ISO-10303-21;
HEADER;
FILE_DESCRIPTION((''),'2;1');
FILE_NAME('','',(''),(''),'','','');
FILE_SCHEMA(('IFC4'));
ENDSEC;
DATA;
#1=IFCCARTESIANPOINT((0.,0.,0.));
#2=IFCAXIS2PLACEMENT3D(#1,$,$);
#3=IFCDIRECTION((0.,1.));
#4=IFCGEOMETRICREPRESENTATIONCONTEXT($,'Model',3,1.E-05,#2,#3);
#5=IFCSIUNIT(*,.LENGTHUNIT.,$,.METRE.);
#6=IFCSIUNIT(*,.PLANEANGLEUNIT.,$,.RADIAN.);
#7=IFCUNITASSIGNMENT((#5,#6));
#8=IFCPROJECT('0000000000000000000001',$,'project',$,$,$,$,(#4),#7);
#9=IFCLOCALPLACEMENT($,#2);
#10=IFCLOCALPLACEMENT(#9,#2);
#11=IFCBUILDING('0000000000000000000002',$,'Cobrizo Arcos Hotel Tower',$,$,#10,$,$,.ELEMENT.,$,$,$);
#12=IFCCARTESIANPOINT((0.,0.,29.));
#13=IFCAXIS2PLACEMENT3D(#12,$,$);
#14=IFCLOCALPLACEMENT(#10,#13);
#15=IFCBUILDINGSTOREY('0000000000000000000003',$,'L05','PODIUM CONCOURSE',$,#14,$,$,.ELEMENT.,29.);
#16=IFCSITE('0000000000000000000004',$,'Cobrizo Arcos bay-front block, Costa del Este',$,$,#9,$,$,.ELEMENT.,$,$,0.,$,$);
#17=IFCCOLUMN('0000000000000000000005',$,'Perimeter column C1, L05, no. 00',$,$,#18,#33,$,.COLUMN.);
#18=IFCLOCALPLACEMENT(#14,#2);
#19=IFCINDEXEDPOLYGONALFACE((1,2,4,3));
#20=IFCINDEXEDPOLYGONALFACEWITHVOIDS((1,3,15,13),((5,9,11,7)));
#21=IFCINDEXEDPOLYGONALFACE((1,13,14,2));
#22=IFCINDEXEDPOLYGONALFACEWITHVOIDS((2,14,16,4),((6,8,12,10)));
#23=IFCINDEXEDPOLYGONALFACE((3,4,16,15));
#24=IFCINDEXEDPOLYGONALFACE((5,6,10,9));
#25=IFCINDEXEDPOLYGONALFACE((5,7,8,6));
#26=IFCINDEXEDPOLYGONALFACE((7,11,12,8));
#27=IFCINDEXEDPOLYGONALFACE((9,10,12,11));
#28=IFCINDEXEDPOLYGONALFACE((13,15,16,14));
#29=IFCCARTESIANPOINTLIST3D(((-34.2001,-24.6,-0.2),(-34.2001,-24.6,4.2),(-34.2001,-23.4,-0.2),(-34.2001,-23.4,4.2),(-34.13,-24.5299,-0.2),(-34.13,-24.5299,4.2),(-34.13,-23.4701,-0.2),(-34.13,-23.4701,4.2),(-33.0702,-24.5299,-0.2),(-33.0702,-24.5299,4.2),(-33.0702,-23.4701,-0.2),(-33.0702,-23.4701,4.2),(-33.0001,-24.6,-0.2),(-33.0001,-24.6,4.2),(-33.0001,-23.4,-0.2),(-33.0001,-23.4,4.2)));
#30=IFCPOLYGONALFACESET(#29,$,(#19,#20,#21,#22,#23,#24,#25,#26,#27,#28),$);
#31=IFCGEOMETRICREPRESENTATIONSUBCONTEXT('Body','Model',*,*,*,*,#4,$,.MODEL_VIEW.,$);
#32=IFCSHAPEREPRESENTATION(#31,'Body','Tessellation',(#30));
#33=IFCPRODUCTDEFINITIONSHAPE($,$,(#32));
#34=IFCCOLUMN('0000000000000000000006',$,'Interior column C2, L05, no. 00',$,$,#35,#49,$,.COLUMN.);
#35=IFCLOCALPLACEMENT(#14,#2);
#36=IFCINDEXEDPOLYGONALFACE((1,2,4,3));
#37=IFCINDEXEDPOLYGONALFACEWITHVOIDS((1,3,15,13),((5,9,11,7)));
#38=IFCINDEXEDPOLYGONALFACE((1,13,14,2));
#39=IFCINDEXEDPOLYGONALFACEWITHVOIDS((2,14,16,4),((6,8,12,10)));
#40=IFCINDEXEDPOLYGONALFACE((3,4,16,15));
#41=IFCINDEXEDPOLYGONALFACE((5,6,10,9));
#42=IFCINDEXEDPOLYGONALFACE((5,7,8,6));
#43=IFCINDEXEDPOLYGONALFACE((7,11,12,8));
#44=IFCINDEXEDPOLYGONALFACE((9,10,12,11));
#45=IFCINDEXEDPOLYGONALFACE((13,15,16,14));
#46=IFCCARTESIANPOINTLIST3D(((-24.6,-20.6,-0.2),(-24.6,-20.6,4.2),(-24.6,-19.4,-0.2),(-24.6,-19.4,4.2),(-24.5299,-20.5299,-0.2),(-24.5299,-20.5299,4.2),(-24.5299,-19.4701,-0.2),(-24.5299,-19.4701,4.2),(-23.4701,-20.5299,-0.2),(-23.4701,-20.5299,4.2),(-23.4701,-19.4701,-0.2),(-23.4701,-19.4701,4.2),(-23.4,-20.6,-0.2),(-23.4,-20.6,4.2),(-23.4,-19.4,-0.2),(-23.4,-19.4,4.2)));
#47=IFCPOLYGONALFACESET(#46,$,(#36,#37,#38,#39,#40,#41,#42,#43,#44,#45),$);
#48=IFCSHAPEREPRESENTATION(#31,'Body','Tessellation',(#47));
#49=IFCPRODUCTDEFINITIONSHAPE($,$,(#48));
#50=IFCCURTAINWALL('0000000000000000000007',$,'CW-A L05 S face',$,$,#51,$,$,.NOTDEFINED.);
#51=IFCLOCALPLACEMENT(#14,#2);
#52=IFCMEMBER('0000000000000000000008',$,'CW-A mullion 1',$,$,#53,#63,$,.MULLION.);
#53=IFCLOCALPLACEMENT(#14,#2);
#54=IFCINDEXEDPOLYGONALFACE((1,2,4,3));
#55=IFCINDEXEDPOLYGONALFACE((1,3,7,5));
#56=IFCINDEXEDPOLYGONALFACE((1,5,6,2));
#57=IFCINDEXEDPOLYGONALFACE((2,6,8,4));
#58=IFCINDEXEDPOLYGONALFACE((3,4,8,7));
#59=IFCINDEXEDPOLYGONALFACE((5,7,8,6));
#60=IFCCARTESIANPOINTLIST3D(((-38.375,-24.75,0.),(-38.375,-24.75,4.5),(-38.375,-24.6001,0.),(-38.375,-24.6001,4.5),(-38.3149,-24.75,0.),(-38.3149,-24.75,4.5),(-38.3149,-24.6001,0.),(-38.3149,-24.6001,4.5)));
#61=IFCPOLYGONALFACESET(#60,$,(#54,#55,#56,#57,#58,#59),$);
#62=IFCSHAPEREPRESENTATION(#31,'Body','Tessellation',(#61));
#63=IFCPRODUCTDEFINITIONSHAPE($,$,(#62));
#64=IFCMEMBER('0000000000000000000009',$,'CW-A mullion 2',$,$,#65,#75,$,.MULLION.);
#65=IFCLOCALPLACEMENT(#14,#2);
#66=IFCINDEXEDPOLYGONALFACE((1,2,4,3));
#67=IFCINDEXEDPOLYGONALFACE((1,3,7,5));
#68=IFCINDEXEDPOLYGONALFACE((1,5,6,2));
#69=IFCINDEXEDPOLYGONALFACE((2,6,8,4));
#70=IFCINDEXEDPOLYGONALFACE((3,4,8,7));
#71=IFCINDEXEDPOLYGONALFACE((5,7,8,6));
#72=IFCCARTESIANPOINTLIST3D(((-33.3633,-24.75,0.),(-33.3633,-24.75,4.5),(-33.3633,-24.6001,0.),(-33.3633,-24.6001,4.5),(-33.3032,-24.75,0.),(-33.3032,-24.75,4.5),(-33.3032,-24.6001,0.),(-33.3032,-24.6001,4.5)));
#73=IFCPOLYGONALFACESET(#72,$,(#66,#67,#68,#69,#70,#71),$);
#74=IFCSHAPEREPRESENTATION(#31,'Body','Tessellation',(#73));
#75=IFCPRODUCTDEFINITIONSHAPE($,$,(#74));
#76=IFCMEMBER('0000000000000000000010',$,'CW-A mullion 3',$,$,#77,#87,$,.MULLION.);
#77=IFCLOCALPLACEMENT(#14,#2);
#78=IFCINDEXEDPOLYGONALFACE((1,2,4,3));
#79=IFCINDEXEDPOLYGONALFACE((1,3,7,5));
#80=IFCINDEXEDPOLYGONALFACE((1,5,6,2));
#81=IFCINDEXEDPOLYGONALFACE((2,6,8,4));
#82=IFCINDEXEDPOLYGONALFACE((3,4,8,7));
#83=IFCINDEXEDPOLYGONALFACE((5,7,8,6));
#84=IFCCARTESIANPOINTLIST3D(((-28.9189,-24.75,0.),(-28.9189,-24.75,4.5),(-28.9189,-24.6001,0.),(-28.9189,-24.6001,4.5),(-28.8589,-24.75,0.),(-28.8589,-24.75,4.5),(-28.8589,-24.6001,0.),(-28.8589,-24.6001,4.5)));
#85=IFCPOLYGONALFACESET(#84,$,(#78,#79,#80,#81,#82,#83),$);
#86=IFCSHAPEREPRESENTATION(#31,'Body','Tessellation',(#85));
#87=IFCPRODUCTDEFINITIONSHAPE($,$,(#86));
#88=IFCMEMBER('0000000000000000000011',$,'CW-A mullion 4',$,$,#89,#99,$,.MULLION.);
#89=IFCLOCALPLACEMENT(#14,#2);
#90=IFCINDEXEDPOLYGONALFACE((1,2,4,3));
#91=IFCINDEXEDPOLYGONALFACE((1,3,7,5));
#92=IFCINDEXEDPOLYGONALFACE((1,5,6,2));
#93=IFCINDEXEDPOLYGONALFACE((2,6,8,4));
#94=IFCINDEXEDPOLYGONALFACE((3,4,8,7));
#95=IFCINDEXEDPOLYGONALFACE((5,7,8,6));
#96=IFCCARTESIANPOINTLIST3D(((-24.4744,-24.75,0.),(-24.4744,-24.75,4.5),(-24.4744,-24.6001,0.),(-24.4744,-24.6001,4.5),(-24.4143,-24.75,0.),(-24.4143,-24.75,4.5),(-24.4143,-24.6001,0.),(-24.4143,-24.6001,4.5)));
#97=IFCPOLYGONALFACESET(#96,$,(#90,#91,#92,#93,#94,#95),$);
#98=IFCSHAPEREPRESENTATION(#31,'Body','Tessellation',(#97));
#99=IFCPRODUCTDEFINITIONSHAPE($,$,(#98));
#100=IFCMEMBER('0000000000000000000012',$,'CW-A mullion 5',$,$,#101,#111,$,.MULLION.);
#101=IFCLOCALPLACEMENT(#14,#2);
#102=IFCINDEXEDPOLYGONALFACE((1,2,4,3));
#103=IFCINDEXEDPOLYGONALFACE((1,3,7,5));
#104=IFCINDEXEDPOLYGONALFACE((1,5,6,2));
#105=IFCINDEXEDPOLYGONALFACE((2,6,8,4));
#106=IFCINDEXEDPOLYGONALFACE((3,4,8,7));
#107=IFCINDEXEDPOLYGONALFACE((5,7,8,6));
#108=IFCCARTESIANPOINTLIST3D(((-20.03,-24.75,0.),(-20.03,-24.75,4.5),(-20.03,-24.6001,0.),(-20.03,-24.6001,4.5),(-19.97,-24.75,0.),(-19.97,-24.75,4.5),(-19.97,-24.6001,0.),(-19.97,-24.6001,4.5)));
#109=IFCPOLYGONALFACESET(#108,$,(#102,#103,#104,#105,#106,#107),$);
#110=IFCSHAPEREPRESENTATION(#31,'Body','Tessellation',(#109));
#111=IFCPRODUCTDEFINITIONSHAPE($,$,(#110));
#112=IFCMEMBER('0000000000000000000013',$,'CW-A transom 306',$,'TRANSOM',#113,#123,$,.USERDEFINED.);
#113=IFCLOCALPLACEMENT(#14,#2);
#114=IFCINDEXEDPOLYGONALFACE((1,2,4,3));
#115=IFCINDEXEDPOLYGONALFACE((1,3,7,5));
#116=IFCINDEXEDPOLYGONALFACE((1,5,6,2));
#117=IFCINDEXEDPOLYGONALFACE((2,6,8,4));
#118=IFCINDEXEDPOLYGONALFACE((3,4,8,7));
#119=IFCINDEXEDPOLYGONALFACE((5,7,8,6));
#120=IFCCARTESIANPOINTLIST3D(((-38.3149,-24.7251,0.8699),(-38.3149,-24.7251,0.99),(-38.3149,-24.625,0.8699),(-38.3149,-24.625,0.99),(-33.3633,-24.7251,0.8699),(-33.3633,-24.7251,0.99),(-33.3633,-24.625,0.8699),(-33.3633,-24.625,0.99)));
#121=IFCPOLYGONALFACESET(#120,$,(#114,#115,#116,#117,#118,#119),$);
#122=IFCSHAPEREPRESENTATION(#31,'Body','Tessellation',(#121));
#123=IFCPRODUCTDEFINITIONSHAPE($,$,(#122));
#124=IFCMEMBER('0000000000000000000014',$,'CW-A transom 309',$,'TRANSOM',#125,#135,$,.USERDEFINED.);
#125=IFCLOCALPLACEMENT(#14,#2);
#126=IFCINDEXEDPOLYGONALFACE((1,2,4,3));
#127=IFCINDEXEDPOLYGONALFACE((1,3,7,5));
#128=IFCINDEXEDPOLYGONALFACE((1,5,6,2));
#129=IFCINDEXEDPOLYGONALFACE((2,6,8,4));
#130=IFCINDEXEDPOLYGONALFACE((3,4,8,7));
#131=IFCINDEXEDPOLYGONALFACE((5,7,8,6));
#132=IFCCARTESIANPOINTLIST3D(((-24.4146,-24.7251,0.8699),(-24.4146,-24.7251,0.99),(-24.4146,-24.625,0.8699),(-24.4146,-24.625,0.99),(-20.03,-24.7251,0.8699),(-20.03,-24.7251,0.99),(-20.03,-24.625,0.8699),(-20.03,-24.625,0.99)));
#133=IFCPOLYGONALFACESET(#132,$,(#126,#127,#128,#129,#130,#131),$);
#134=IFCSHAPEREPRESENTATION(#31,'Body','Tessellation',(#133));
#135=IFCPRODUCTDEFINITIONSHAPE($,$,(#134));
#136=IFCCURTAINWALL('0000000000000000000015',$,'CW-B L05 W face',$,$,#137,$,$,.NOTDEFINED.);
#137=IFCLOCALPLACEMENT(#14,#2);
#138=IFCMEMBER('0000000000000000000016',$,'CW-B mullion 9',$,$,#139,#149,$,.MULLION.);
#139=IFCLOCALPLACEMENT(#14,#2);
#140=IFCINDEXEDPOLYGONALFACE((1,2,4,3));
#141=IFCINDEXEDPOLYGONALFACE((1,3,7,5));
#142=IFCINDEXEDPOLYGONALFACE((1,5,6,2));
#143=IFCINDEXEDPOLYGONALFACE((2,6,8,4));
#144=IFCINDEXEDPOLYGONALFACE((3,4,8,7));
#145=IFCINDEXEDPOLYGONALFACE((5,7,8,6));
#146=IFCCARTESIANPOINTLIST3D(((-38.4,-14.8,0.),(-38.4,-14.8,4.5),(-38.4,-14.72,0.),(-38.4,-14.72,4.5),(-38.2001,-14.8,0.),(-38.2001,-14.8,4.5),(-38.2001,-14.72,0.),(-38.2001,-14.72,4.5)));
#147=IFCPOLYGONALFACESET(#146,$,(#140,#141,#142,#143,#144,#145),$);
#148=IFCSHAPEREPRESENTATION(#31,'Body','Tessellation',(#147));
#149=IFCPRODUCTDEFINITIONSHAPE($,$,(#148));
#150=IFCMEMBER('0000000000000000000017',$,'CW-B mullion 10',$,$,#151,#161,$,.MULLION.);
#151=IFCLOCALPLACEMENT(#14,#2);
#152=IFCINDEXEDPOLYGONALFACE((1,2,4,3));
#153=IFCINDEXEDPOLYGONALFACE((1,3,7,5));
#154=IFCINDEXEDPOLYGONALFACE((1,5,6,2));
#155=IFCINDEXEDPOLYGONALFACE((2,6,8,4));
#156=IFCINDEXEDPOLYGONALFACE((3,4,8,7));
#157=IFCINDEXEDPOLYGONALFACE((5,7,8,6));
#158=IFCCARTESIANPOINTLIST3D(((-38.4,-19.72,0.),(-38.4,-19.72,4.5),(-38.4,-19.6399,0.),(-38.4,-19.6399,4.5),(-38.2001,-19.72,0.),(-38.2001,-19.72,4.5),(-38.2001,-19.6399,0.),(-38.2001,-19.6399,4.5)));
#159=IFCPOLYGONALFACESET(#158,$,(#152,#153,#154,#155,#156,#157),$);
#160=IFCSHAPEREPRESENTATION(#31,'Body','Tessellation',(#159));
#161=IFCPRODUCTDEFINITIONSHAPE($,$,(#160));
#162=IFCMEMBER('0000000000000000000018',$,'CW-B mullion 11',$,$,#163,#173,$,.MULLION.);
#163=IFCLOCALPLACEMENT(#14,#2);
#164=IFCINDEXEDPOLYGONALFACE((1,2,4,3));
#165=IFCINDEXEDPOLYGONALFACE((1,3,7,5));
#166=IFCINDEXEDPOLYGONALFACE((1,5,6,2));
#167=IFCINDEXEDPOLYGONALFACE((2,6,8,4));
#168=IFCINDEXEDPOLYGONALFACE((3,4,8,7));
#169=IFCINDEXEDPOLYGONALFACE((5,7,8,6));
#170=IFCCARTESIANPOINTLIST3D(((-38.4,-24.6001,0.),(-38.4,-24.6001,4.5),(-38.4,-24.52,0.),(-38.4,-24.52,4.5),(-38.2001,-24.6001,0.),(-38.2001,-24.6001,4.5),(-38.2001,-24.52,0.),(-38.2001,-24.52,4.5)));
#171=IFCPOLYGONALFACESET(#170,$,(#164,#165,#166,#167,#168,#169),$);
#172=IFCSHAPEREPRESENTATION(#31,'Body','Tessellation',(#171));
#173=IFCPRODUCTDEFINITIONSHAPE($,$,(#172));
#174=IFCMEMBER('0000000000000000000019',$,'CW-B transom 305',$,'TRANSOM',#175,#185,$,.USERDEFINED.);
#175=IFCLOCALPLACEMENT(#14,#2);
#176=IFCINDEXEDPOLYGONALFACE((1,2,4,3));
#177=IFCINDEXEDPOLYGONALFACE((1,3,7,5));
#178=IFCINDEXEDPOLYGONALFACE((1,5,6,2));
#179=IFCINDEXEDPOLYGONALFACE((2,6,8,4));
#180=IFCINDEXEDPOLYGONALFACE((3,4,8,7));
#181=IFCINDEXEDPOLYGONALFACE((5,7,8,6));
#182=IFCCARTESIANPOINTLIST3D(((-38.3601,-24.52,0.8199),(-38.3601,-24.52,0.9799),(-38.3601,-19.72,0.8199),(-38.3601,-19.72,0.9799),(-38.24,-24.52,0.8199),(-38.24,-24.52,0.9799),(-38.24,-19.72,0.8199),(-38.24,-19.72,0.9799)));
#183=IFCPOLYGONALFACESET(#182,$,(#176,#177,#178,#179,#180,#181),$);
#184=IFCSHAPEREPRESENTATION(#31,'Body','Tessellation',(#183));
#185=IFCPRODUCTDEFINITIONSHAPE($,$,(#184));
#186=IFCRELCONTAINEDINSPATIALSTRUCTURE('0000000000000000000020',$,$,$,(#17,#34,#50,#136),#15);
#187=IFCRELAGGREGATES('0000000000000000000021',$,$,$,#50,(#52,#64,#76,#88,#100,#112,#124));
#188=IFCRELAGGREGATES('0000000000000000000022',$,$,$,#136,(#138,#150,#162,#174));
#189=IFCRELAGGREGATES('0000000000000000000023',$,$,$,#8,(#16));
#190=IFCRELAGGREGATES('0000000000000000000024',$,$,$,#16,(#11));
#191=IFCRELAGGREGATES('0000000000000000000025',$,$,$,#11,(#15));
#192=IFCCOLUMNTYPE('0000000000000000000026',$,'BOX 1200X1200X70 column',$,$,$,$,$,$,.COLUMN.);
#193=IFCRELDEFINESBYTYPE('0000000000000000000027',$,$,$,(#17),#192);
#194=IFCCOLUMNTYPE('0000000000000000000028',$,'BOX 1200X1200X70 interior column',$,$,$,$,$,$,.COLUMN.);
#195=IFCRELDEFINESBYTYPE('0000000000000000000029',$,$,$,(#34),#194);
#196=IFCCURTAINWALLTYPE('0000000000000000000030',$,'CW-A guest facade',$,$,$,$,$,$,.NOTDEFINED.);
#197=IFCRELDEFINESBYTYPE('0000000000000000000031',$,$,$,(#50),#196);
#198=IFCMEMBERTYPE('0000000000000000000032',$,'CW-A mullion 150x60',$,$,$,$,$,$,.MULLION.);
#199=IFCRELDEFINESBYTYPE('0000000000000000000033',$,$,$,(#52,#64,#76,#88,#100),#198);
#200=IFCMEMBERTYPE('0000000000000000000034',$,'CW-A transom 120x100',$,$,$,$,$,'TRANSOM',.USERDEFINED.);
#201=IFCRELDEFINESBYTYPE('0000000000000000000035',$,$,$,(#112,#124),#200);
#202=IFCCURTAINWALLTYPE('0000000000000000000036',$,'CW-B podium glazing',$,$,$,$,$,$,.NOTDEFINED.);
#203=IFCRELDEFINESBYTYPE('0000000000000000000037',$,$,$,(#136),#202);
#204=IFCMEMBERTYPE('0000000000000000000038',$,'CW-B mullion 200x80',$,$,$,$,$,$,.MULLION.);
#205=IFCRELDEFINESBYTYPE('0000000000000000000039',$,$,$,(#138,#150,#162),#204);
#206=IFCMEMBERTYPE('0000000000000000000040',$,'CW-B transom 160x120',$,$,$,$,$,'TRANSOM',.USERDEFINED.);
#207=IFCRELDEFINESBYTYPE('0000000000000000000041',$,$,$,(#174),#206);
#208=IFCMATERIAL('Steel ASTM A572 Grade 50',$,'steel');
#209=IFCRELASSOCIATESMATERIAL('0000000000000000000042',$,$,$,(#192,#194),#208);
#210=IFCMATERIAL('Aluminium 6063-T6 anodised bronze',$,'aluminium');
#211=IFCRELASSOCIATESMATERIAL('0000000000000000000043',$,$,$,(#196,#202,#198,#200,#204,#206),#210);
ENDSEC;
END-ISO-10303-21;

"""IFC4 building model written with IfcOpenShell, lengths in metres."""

from ifc_helpers import new_model, si_unit, direction, frame, origin, origin_2d, place, context, subcontext, project, spatial, rectangle, hollow_rectangle, extrude, material, material_profile, profile_set, type_object, element, aggregate, save


model = new_model("IFC4")

# Units and contexts
model_context = context("Model", 3, precision=1e-05, world=origin(), true_north=direction((0.0, 1.0)))
body_context = subcontext(model_context, "Body", "Model", "MODEL_VIEW")
ifc_project = project(units=[si_unit("LENGTHUNIT", "METRE"), si_unit("PLANEANGLEUNIT", "RADIAN")], contexts=[model_context])

# Site, building, storey
site_placement = place(None, origin())
site = spatial("IfcSite", under=ifc_project, at=site_placement, Name="Cobrizo Arcos bay-front block, Costa del Este", CompositionType="ELEMENT", RefElevation=0.0)
building_placement = place(site_placement, origin())
building = spatial("IfcBuilding", under=site, at=building_placement, Name="Cobrizo Arcos Hotel Tower", CompositionType="ELEMENT")
storey_placement = place(building_placement, frame((0.0, 0.0, 29.0)))
storey = spatial("IfcBuildingStorey", under=building, at=storey_placement, Name="L05", Description="PODIUM CONCOURSE", CompositionType="ELEMENT", Elevation=29.0)

# Columns
ifc_material_1 = material(Name="Steel ASTM A572 Grade 50", Category="steel")
ifc_material_profile_1 = material_profile(ifc_material_1, hollow_rectangle(XDim=1.2, YDim=1.2, WallThickness=0.0701, at=origin_2d()), Name="BOX 1200X1200X70")
ifc_profile_set_1 = profile_set([ifc_material_profile_1], Name="Steel ASTM A572 Grade 50")
column_type_1 = type_object("IfcColumnType", Name="BOX 1200X1200X70 column", PredefinedType="COLUMN", material=ifc_profile_set_1)
column_1_placement = place(storey_placement, frame((-33.6001, -24.0, -0.2), z_axis=(0.0, 0.0, 1.0), x_axis=(1.0, 0.0, 0.0)))
element("IfcColumn", 1, at=column_1_placement, inside=storey, type_object=column_type_1, Name="Perimeter column C1, L05, no. 00", PredefinedType="COLUMN", context=body_context, shape_type="SweptSolid", body=[
    extrude(hollow_rectangle(XDim=1.2, YDim=1.2, WallThickness=0.0701, at=origin_2d()), origin(), (0.0, 0.0, 1.0), 4.3999),
])
ifc_material_profile_2 = material_profile(ifc_material_1, hollow_rectangle(XDim=1.2, YDim=1.2, WallThickness=0.0701, at=origin_2d()), Name="BOX 1200X1200X70")
ifc_profile_set_2 = profile_set([ifc_material_profile_2], Name="Steel ASTM A572 Grade 50")
column_type_2 = type_object("IfcColumnType", Name="BOX 1200X1200X70 interior column", PredefinedType="COLUMN", material=ifc_profile_set_2)
column_2_placement = place(storey_placement, frame((-24.0, -20.0, -0.2), z_axis=(0.0, 0.0, 1.0), x_axis=(1.0, 0.0, 0.0)))
element("IfcColumn", 2, at=column_2_placement, inside=storey, type_object=column_type_2, Name="Interior column C2, L05, no. 00", PredefinedType="COLUMN", context=body_context, shape_type="SweptSolid", body=[
    extrude(hollow_rectangle(XDim=1.2, YDim=1.2, WallThickness=0.0701, at=origin_2d()), origin(), (0.0, 0.0, 1.0), 4.3999),
])

# Curtain walls, members
ifc_material_2 = material(Name="Aluminium 6063-T6 anodised bronze", Category="aluminium")
curtain_wall_type_1 = type_object("IfcCurtainWallType", Name="CW-A guest facade", PredefinedType="NOTDEFINED", material=ifc_material_2)
curtain_wall_1_placement = place(storey_placement, origin())
curtain_wall_1 = element("IfcCurtainWall", 3, at=curtain_wall_1_placement, inside=storey, type_object=curtain_wall_type_1, Name="CW-A L05 S face", PredefinedType="NOTDEFINED")
ifc_material_profile_3 = material_profile(ifc_material_2, rectangle(XDim=0.1499, YDim=0.0601, at=origin_2d()), Name="CW-A mullion 150x60")
ifc_profile_set_3 = profile_set([ifc_material_profile_3], Name="Aluminium 6063-T6 anodised bronze")
member_type_1 = type_object("IfcMemberType", Name="CW-A mullion 150x60", PredefinedType="MULLION", material=ifc_profile_set_3)
member_1_placement = place(storey_placement, frame((-38.345, -24.675, 0.0), z_axis=(0.0, 0.0, 1.0), x_axis=(0.0, -1.0, 0.0)))
member_1 = element("IfcMember", 4, at=member_1_placement, type_object=member_type_1, Name="CW-A mullion 1", PredefinedType="MULLION", context=body_context, shape_type="SweptSolid", body=[
    extrude(rectangle(XDim=0.1499, YDim=0.0601, at=origin_2d()), origin(), (0.0, 0.0, 1.0), 4.5),
])
member_2_placement = place(storey_placement, frame((-33.3333, -24.675, 0.0), z_axis=(0.0, 0.0, 1.0), x_axis=(0.0, -1.0, 0.0)))
member_2 = element("IfcMember", 5, at=member_2_placement, type_object=member_type_1, Name="CW-A mullion 2", PredefinedType="MULLION", context=body_context, shape_type="SweptSolid", body=[
    extrude(rectangle(XDim=0.1499, YDim=0.0601, at=origin_2d()), origin(), (0.0, 0.0, 1.0), 4.5),
])
member_3_placement = place(storey_placement, frame((-28.8889, -24.675, 0.0), z_axis=(0.0, 0.0, 1.0), x_axis=(0.0, -1.0, 0.0)))
member_3 = element("IfcMember", 6, at=member_3_placement, type_object=member_type_1, Name="CW-A mullion 3", PredefinedType="MULLION", context=body_context, shape_type="SweptSolid", body=[
    extrude(rectangle(XDim=0.1499, YDim=0.0601, at=origin_2d()), origin(), (0.0, 0.0, 1.0), 4.5),
])
member_4_placement = place(storey_placement, frame((-24.4443, -24.675, 0.0), z_axis=(0.0, 0.0, 1.0), x_axis=(0.0, -1.0, 0.0)))
member_4 = element("IfcMember", 7, at=member_4_placement, type_object=member_type_1, Name="CW-A mullion 4", PredefinedType="MULLION", context=body_context, shape_type="SweptSolid", body=[
    extrude(rectangle(XDim=0.1499, YDim=0.0601, at=origin_2d()), origin(), (0.0, 0.0, 1.0), 4.5),
])
member_5_placement = place(storey_placement, frame((-20.0, -24.675, 0.0), z_axis=(0.0, 0.0, 1.0), x_axis=(0.0, -1.0, 0.0)))
member_5 = element("IfcMember", 8, at=member_5_placement, type_object=member_type_1, Name="CW-A mullion 5", PredefinedType="MULLION", context=body_context, shape_type="SweptSolid", body=[
    extrude(rectangle(XDim=0.1499, YDim=0.0601, at=origin_2d()), origin(), (0.0, 0.0, 1.0), 4.5),
])
ifc_material_profile_4 = material_profile(ifc_material_2, rectangle(XDim=0.1001, YDim=0.1201, at=origin_2d()), Name="CW-A transom 120x100")
ifc_profile_set_4 = profile_set([ifc_material_profile_4], Name="Aluminium 6063-T6 anodised bronze")
member_type_2 = type_object("IfcMemberType", Name="CW-A transom 120x100", ElementType="TRANSOM", PredefinedType="USERDEFINED", material=ifc_profile_set_4)
member_6_placement = place(storey_placement, frame((-38.3149, -24.675, 0.9299), z_axis=(1.0, 0.0, 0.0), x_axis=(0.0, 1.0, 0.0)))
member_6 = element("IfcMember", 9, at=member_6_placement, type_object=member_type_2, Name="CW-A transom 306", ObjectType="TRANSOM", PredefinedType="USERDEFINED", context=body_context, shape_type="SweptSolid", body=[
    extrude(rectangle(XDim=0.1001, YDim=0.1201, at=origin_2d()), origin(), (0.0, 0.0, 1.0), 4.9517),
])
member_7_placement = place(storey_placement, frame((-24.4146, -24.675, 0.9299), z_axis=(1.0, 0.0, 0.0), x_axis=(0.0, 1.0, 0.0)))
member_7 = element("IfcMember", 10, at=member_7_placement, type_object=member_type_2, Name="CW-A transom 309", ObjectType="TRANSOM", PredefinedType="USERDEFINED", context=body_context, shape_type="SweptSolid", body=[
    extrude(rectangle(XDim=0.1001, YDim=0.1201, at=origin_2d()), origin(), (0.0, 0.0, 1.0), 4.3845),
])
curtain_wall_type_2 = type_object("IfcCurtainWallType", Name="CW-B podium glazing", PredefinedType="NOTDEFINED", material=ifc_material_2)
curtain_wall_2_placement = place(storey_placement, origin())
curtain_wall_2 = element("IfcCurtainWall", 11, at=curtain_wall_2_placement, inside=storey, type_object=curtain_wall_type_2, Name="CW-B L05 W face", PredefinedType="NOTDEFINED")
ifc_material_profile_5 = material_profile(ifc_material_2, rectangle(XDim=0.2, YDim=0.0801, at=origin_2d()), Name="CW-B mullion 200x80")
ifc_profile_set_5 = profile_set([ifc_material_profile_5], Name="Aluminium 6063-T6 anodised bronze")
member_type_3 = type_object("IfcMemberType", Name="CW-B mullion 200x80", PredefinedType="MULLION", material=ifc_profile_set_5)
member_8_placement = place(storey_placement, frame((-38.3, -14.76, 0.0), z_axis=(0.0, 0.0, 1.0), x_axis=(-1.0, 0.0, 0.0)))
member_8 = element("IfcMember", 12, at=member_8_placement, type_object=member_type_3, Name="CW-B mullion 9", PredefinedType="MULLION", context=body_context, shape_type="SweptSolid", body=[
    extrude(rectangle(XDim=0.2, YDim=0.0801, at=origin_2d()), origin(), (0.0, 0.0, 1.0), 4.5),
])
member_9_placement = place(storey_placement, frame((-38.3, -19.6799, 0.0), z_axis=(0.0, 0.0, 1.0), x_axis=(-1.0, 0.0, 0.0)))
member_9 = element("IfcMember", 13, at=member_9_placement, type_object=member_type_3, Name="CW-B mullion 10", PredefinedType="MULLION", context=body_context, shape_type="SweptSolid", body=[
    extrude(rectangle(XDim=0.2, YDim=0.0801, at=origin_2d()), origin(), (0.0, 0.0, 1.0), 4.5),
])
member_10_placement = place(storey_placement, frame((-38.3, -24.5601, 0.0), z_axis=(0.0, 0.0, 1.0), x_axis=(-1.0, 0.0, 0.0)))
member_10 = element("IfcMember", 14, at=member_10_placement, type_object=member_type_3, Name="CW-B mullion 11", PredefinedType="MULLION", context=body_context, shape_type="SweptSolid", body=[
    extrude(rectangle(XDim=0.2, YDim=0.0801, at=origin_2d()), origin(), (0.0, 0.0, 1.0), 4.5),
])
ifc_material_profile_6 = material_profile(ifc_material_2, rectangle(XDim=0.1201, YDim=0.1599, at=origin_2d()), Name="CW-B transom 160x120")
ifc_profile_set_6 = profile_set([ifc_material_profile_6], Name="Aluminium 6063-T6 anodised bronze")
member_type_4 = type_object("IfcMemberType", Name="CW-B transom 160x120", ElementType="TRANSOM", PredefinedType="USERDEFINED", material=ifc_profile_set_6)
member_11_placement = place(storey_placement, frame((-38.3, -19.72, 0.8999), z_axis=(0.0, -1.0, 0.0), x_axis=(1.0, 0.0, 0.0)))
member_11 = element("IfcMember", 15, at=member_11_placement, type_object=member_type_4, Name="CW-B transom 305", ObjectType="TRANSOM", PredefinedType="USERDEFINED", context=body_context, shape_type="SweptSolid", body=[
    extrude(rectangle(XDim=0.1201, YDim=0.1599, at=origin_2d()), origin(), (0.0, 0.0, 1.0), 4.8),
])

aggregate(curtain_wall_1, [member_1, member_2, member_3, member_4, member_5, member_6, member_7])
aggregate(curtain_wall_2, [member_8, member_9, member_10, member_11])

save(model, "model.ifc")
